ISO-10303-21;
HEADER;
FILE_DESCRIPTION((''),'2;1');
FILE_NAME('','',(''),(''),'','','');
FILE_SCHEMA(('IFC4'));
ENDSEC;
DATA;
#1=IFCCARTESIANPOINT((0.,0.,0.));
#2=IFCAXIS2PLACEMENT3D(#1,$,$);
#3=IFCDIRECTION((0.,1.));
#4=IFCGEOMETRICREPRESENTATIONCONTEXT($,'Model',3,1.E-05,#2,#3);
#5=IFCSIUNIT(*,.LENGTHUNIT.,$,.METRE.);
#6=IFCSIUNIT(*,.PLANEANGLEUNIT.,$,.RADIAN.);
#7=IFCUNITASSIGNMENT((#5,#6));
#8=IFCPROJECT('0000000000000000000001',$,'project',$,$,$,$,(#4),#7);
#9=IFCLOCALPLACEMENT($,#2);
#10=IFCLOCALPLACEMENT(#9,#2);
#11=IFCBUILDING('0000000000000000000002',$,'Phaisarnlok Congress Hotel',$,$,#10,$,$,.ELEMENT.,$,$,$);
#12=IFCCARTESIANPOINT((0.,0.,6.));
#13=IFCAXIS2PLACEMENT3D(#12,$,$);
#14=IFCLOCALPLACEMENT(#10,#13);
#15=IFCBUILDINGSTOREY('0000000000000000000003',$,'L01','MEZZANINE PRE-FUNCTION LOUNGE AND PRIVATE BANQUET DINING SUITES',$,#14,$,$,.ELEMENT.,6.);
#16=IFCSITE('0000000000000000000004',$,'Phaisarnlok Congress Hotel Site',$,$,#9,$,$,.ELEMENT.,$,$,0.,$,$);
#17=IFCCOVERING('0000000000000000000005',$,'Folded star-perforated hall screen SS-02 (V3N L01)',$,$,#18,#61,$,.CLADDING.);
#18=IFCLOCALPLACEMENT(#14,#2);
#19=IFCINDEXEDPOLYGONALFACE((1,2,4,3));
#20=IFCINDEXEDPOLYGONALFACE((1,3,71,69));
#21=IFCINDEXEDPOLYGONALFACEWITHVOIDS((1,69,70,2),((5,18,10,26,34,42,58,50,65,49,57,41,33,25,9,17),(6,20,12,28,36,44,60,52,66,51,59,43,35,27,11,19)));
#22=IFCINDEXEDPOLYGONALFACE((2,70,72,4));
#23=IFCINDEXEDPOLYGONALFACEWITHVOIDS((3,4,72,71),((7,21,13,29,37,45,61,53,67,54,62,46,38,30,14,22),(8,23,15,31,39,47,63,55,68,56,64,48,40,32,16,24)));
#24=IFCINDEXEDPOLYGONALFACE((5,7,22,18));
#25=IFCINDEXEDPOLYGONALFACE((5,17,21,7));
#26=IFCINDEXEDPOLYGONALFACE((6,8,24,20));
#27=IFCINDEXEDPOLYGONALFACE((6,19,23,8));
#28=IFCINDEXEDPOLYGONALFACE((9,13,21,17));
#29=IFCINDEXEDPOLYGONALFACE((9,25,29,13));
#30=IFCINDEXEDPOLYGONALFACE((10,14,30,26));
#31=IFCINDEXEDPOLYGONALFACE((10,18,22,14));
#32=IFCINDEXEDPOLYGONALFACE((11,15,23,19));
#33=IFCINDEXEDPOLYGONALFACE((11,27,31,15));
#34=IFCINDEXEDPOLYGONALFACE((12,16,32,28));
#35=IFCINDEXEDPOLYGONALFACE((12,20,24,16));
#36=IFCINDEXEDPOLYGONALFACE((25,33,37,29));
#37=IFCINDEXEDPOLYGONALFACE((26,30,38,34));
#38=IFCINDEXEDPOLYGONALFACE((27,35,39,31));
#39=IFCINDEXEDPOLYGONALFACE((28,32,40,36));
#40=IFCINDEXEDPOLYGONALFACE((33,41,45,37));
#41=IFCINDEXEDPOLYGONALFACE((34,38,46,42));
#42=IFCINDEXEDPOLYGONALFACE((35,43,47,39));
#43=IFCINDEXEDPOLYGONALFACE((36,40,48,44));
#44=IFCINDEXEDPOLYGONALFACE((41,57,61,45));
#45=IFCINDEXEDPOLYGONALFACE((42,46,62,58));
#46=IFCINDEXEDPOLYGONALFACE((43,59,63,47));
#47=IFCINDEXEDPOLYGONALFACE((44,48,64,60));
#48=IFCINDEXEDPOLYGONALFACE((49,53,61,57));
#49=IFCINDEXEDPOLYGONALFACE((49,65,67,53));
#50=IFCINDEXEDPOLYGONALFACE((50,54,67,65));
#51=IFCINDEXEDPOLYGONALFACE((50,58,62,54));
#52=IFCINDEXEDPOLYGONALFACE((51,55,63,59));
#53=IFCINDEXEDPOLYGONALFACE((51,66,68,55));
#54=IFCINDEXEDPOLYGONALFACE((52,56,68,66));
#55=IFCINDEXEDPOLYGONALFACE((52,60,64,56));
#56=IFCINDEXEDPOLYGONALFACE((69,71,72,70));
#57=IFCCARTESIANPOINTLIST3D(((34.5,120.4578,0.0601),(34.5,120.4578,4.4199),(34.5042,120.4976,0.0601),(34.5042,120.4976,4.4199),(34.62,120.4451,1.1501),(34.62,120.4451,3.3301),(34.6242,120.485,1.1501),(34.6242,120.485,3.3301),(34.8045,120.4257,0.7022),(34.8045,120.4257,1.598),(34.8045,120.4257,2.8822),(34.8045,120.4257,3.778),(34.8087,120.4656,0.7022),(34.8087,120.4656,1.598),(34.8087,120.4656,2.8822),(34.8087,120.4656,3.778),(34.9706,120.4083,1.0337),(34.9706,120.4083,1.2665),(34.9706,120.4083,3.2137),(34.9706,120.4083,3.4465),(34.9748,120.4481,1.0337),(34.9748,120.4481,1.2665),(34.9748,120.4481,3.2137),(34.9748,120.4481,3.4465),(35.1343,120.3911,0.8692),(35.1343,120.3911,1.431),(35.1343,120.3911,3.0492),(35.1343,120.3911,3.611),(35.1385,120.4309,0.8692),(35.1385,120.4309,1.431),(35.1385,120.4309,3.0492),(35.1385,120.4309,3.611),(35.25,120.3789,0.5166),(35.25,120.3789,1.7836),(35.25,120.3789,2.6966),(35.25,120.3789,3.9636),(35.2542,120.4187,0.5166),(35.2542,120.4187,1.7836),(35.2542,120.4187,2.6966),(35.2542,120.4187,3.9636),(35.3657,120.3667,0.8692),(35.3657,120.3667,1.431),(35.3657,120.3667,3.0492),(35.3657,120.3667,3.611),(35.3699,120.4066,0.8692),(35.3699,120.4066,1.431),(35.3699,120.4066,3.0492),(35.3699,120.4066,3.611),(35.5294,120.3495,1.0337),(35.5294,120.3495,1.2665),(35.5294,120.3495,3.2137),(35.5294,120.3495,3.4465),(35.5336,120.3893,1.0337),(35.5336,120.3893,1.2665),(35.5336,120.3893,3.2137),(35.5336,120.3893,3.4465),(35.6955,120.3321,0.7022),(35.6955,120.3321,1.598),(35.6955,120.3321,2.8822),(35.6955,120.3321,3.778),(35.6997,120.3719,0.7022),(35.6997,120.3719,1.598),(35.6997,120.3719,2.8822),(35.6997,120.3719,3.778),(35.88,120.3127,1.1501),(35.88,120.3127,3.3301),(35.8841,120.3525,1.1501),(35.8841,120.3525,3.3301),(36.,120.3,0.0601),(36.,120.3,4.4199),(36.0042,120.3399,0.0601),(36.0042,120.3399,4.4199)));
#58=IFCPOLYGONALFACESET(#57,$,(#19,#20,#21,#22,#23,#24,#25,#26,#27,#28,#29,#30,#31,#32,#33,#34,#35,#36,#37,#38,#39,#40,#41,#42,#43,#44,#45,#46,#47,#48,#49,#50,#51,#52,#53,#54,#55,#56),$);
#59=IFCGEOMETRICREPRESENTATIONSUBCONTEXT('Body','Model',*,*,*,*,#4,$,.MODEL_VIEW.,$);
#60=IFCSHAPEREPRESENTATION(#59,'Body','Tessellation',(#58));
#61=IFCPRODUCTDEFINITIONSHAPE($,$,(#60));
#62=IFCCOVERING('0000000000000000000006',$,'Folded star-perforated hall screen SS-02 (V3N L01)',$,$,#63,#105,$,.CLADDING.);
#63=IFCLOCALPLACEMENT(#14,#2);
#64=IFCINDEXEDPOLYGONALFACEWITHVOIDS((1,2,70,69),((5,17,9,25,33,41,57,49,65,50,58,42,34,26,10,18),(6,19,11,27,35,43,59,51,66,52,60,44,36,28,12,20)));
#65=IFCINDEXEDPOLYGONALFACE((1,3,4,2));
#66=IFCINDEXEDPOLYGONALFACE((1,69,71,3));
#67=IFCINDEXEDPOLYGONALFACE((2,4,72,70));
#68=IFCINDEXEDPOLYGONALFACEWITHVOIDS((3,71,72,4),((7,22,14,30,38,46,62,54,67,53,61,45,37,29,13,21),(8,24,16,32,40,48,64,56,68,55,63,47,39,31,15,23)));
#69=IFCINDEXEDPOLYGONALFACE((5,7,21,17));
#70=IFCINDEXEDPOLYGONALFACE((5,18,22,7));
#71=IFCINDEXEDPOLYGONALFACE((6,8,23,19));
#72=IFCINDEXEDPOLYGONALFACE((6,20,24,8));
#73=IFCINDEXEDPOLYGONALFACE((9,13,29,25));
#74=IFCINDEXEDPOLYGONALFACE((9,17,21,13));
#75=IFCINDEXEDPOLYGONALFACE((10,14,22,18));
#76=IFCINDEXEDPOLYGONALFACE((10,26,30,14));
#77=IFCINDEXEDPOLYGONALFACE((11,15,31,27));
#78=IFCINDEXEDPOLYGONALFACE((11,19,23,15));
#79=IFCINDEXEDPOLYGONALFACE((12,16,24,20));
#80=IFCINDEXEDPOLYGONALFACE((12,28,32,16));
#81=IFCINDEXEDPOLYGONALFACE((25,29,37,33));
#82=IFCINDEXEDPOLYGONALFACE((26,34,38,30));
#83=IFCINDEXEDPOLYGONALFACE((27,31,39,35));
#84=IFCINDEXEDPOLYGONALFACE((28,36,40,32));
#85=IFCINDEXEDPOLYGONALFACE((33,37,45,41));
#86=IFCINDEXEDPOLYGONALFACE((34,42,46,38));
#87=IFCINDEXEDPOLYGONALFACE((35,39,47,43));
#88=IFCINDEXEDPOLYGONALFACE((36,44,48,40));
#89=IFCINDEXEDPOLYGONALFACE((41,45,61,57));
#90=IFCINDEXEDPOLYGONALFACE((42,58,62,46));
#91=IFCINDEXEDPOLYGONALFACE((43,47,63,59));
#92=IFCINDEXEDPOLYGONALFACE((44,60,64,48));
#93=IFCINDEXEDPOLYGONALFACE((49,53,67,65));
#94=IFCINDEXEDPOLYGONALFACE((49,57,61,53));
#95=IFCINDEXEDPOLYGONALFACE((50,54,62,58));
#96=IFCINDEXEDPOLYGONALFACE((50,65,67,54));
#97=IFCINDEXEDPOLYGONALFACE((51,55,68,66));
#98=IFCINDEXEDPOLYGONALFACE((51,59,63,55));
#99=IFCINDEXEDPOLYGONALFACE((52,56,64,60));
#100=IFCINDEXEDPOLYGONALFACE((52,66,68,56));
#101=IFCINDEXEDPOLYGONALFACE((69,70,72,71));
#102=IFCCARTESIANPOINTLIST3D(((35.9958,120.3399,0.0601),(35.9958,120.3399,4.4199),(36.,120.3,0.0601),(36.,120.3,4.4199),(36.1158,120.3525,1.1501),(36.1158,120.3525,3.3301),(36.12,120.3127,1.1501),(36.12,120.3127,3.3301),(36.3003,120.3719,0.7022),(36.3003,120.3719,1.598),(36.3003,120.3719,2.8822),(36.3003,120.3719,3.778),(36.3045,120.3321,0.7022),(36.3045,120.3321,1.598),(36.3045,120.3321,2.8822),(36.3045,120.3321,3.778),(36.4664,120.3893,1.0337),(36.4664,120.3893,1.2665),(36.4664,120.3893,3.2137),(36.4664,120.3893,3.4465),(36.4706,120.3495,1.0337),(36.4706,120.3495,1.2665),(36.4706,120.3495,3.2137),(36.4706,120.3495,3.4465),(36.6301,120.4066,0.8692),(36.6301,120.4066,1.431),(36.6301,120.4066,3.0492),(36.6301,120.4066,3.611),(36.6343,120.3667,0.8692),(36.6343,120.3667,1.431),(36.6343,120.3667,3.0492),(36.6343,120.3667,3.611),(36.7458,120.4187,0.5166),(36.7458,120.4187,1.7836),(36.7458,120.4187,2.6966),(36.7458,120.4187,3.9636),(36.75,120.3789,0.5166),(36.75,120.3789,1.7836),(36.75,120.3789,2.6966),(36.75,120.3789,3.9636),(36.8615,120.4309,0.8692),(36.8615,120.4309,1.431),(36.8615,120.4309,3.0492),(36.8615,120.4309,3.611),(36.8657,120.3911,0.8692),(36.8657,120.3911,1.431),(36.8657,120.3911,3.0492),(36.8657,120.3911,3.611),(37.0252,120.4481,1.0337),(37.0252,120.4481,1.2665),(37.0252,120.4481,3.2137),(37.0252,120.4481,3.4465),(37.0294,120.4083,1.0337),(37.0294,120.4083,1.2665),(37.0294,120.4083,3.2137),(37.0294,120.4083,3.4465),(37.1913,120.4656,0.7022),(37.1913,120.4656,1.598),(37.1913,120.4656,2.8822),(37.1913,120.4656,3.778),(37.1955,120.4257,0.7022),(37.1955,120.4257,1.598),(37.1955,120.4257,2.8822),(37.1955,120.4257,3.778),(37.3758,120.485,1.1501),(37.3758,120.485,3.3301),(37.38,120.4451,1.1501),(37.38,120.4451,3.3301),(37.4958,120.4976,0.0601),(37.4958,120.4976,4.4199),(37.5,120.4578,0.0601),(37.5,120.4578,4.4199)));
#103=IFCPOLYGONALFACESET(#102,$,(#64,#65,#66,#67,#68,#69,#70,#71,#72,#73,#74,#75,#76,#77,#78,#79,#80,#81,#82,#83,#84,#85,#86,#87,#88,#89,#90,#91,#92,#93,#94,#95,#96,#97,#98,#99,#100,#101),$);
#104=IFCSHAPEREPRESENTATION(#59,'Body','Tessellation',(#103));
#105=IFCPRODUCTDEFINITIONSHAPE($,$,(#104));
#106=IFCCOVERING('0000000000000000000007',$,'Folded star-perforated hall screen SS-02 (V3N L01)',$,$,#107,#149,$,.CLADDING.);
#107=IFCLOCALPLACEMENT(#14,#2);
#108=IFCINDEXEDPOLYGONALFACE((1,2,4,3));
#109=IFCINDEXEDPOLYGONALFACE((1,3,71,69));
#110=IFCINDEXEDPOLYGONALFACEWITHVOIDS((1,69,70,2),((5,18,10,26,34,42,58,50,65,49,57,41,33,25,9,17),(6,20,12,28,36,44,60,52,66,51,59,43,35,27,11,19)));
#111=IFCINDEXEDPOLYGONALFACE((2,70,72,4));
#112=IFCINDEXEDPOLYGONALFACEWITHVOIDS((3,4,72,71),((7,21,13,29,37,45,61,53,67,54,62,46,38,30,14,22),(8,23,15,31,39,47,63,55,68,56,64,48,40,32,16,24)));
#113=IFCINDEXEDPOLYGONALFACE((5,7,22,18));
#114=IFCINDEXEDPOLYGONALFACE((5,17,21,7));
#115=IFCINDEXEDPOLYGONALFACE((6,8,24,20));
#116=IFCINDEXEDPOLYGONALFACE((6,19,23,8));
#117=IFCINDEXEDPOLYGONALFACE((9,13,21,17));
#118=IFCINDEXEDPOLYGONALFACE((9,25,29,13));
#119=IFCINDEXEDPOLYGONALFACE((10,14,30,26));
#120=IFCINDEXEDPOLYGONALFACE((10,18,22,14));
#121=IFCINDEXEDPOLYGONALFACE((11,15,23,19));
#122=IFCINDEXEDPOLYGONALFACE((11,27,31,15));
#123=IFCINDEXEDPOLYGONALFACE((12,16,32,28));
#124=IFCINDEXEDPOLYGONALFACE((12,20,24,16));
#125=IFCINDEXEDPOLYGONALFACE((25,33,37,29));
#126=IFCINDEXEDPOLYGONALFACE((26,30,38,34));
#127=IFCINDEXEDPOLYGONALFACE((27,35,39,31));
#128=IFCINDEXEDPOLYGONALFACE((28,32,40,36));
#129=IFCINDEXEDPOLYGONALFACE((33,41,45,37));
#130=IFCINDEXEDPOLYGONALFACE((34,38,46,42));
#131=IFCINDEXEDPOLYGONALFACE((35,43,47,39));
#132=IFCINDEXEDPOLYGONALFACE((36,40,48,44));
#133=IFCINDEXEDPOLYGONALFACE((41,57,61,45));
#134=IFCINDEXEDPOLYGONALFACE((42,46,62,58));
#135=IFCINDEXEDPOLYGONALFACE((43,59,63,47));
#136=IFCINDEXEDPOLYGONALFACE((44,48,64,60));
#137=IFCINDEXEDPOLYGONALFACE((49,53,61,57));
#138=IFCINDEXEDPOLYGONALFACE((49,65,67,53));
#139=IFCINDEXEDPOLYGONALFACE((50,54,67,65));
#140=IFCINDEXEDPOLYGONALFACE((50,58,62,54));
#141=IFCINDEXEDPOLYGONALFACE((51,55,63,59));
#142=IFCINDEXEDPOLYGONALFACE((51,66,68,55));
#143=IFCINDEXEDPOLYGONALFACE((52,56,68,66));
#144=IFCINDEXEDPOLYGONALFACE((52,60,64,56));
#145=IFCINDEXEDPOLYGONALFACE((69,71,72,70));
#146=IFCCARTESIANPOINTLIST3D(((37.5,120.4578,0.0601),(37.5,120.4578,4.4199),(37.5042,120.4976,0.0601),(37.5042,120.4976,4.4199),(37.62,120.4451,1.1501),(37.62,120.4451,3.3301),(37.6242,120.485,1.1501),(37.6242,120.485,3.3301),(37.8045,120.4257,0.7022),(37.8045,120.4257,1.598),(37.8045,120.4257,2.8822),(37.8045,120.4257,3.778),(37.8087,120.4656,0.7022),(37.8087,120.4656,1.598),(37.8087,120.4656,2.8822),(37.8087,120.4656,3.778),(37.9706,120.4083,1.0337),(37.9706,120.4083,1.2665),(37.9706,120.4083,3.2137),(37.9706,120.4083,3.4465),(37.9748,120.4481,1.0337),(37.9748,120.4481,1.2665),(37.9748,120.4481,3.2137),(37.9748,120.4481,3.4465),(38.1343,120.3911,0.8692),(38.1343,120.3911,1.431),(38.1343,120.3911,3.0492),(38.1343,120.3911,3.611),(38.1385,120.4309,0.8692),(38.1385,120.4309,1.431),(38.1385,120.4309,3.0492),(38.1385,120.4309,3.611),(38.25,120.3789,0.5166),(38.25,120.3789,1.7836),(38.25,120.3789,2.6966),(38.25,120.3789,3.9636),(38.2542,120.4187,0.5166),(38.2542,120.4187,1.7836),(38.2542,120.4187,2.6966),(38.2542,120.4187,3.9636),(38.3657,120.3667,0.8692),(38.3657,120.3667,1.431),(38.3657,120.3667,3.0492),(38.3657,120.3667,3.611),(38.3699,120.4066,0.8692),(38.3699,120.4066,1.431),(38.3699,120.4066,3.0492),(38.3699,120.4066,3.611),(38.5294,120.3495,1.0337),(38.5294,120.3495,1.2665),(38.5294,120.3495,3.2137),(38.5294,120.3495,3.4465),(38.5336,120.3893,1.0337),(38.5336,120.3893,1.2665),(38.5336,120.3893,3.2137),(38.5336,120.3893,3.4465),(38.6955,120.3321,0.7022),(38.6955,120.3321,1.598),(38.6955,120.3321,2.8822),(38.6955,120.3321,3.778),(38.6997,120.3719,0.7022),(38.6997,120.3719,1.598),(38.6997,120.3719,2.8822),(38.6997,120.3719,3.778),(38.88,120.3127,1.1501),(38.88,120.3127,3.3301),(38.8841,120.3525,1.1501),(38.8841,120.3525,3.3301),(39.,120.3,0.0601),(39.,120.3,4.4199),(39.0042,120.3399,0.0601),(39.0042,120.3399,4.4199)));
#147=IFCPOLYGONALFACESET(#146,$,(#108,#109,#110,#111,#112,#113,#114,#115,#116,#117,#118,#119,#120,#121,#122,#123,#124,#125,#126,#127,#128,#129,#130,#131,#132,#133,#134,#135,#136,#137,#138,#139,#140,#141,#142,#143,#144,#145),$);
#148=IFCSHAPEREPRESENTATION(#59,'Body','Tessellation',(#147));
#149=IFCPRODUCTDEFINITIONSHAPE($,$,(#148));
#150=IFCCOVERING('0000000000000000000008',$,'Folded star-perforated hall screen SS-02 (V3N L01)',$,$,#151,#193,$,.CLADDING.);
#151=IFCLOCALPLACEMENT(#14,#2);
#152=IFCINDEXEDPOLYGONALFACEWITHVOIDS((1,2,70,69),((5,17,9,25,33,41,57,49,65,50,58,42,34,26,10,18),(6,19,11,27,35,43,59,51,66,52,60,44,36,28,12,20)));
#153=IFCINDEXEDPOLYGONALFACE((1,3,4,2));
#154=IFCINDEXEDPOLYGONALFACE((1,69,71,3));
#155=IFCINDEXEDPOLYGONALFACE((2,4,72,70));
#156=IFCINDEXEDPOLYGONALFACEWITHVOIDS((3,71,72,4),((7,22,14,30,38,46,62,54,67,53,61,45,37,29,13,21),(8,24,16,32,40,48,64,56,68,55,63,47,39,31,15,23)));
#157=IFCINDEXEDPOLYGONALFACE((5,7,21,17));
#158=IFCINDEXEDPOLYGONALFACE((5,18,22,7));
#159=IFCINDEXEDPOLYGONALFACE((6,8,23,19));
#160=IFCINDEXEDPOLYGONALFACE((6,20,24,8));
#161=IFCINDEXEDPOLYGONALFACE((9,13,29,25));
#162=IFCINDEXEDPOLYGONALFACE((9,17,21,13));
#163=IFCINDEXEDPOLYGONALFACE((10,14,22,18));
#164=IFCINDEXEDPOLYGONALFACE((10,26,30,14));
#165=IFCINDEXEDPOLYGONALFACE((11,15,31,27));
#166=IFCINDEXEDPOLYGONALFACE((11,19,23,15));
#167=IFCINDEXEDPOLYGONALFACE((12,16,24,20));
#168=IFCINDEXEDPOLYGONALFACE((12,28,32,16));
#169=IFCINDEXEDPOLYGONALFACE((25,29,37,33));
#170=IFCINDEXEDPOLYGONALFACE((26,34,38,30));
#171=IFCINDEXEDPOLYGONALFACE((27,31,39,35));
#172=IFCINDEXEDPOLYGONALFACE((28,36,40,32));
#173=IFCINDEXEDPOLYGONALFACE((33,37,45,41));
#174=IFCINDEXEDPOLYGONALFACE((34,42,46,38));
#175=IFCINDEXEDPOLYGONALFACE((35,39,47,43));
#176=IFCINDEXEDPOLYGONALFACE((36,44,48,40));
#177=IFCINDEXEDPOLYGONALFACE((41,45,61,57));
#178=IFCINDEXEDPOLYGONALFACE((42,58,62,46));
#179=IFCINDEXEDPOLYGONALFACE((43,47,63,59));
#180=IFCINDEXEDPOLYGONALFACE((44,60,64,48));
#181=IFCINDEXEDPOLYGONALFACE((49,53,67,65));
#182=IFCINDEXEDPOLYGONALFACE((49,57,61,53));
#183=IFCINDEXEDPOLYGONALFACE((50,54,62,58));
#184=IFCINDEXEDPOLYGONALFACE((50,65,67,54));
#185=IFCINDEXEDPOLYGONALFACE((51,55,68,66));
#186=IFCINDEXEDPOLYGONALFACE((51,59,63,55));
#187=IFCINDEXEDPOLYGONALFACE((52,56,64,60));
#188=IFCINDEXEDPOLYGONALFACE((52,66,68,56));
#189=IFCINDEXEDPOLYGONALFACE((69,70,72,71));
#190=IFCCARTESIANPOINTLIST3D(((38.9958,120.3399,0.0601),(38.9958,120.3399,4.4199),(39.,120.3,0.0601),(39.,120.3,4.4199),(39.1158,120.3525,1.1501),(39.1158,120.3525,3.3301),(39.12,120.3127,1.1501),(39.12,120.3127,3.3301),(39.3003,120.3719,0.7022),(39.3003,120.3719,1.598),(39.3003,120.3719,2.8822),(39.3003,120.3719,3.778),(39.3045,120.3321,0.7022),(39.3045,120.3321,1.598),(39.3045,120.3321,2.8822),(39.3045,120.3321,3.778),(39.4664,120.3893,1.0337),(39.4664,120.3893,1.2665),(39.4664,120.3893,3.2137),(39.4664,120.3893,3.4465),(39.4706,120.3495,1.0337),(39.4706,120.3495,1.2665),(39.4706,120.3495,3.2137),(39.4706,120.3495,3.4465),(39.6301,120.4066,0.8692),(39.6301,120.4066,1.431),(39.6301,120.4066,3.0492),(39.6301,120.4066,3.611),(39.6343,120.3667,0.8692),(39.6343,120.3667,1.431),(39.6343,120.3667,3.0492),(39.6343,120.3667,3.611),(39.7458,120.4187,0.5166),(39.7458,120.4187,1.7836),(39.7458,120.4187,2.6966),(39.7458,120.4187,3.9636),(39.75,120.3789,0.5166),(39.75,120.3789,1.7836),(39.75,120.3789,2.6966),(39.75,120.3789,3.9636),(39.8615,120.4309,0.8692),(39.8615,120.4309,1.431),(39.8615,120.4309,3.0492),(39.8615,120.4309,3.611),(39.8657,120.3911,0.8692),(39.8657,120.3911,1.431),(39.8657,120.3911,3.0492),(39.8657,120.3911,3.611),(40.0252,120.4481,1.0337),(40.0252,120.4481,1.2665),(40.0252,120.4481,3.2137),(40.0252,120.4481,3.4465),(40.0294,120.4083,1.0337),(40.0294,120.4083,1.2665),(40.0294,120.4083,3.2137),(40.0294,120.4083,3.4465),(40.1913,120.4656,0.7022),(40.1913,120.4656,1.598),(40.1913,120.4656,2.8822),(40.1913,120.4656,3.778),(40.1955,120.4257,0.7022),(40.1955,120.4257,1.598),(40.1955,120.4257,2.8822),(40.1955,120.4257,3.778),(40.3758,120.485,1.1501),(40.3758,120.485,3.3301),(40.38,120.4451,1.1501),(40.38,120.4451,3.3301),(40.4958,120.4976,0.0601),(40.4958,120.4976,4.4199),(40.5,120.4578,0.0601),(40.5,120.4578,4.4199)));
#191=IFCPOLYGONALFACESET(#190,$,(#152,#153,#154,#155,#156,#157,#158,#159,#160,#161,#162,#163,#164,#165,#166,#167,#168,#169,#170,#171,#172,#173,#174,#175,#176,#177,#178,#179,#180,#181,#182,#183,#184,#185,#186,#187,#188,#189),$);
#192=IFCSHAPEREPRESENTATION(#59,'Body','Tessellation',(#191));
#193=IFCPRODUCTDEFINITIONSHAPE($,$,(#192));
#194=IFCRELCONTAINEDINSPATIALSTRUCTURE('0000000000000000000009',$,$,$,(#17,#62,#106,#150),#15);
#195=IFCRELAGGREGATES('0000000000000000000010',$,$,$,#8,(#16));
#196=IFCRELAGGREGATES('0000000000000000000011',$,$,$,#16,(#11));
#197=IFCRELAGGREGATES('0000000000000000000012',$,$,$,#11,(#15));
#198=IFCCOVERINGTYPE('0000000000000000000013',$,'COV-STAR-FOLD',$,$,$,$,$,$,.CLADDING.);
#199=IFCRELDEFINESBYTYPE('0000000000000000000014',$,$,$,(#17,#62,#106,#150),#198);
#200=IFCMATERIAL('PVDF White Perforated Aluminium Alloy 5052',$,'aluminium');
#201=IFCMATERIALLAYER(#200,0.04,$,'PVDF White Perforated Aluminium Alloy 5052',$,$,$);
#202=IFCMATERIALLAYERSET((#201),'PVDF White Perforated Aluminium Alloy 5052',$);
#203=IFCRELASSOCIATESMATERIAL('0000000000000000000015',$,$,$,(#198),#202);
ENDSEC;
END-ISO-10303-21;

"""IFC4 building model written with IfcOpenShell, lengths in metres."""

from ifc_helpers import new_model, si_unit, direction, frame, origin, place, context, subcontext, project, spatial, polyline, outline, extrude, material, layer, layer_set, type_object, element, save


model = new_model("IFC4")

# Units and contexts
model_context = context("Model", 3, precision=1e-05, world=origin(), true_north=direction((0.0, 1.0)))
body_context = subcontext(model_context, "Body", "Model", "MODEL_VIEW")
ifc_project = project(units=[si_unit("LENGTHUNIT", "METRE"), si_unit("PLANEANGLEUNIT", "RADIAN")], contexts=[model_context])

# Site, building, storey
site_placement = place(None, origin())
site = spatial("IfcSite", under=ifc_project, at=site_placement, Name="Phaisarnlok Congress Hotel Site", CompositionType="ELEMENT", RefElevation=0.0)
building_placement = place(site_placement, origin())
building = spatial("IfcBuilding", under=site, at=building_placement, Name="Phaisarnlok Congress Hotel", CompositionType="ELEMENT")
storey_placement = place(building_placement, frame((0.0, 0.0, 6.0)))
storey = spatial("IfcBuildingStorey", under=building, at=storey_placement, Name="L01", Description="MEZZANINE PRE-FUNCTION LOUNGE AND PRIVATE BANQUET DINING SUITES", CompositionType="ELEMENT", Elevation=6.0)

# Coverings
ifc_material_1 = material(Name="PVDF White Perforated Aluminium Alloy 5052", Category="aluminium")
ifc_layer = layer(ifc_material_1, 0.04, Name="PVDF White Perforated Aluminium Alloy 5052")
ifc_layer_set = layer_set([ifc_layer], Name="PVDF White Perforated Aluminium Alloy 5052")
covering_type = type_object("IfcCoveringType", Name="COV-STAR-FOLD", PredefinedType="CLADDING", material=ifc_layer_set)
for number, where, z_axis, x_axis, name in (
    (1, (36.0, 120.3, 0.0601), (0.104567, 0.994518, 0.0), (-0.994518, 0.104567, 0.0), "Folded star-perforated hall screen SS-02 (V3N L01)"),
    (2, (37.5, 120.4578, 0.0601), (-0.104567, 0.994518, 0.0), (-0.994518, -0.104567, 0.0), "Folded star-perforated hall screen SS-02 (V3N L01)"),
    (3, (39.0, 120.3, 0.0601), (0.104567, 0.994518, 0.0), (-0.994518, 0.104567, 0.0), "Folded star-perforated hall screen SS-02 (V3N L01)"),
    (4, (40.5, 120.4578, 0.0601), (-0.104567, 0.994518, 0.0), (-0.994518, -0.104567, 0.0), "Folded star-perforated hall screen SS-02 (V3N L01)"),
):
    element("IfcCovering", number, at=place(storey_placement, frame(where, z_axis=z_axis, x_axis=x_axis)), inside=storey, type_object=covering_type, Name=name, PredefinedType="CLADDING", context=body_context, shape_type="SweptSolid", body=[
        extrude(outline(polyline([(0.0, 0.0), (1.5083, 0.0), (1.5083, 4.3599), (0.0, 4.3599), (0.0, 0.0)]), holes=[polyline([(1.0351, 0.9736), (1.2021, 0.6421), (0.8705, 0.8091), (0.7541, 0.4565), (0.6378, 0.8091), (0.3062, 0.6421), (0.4732, 0.9736), (0.1207, 1.09), (0.4732, 1.2064), (0.3062, 1.5379), (0.6378, 1.3709), (0.7541, 1.7235), (0.8705, 1.3709), (1.2021, 1.5379), (1.0351, 1.2064), (1.3876, 1.09), (1.0351, 0.9736)]), polyline([(1.0351, 3.1536), (1.2021, 2.8221), (0.8705, 2.9891), (0.7541, 2.6365), (0.6378, 2.9891), (0.3062, 2.8221), (0.4732, 3.1536), (0.1207, 3.27), (0.4732, 3.3864), (0.3062, 3.7179), (0.6378, 3.5509), (0.7541, 3.9035), (0.8705, 3.5509), (1.2021, 3.7179), (1.0351, 3.3864), (1.3876, 3.27), (1.0351, 3.1536)])]), origin(), (0.0, 0.0, 1.0), 0.04),
    ])

save(model, "model.ifc")
